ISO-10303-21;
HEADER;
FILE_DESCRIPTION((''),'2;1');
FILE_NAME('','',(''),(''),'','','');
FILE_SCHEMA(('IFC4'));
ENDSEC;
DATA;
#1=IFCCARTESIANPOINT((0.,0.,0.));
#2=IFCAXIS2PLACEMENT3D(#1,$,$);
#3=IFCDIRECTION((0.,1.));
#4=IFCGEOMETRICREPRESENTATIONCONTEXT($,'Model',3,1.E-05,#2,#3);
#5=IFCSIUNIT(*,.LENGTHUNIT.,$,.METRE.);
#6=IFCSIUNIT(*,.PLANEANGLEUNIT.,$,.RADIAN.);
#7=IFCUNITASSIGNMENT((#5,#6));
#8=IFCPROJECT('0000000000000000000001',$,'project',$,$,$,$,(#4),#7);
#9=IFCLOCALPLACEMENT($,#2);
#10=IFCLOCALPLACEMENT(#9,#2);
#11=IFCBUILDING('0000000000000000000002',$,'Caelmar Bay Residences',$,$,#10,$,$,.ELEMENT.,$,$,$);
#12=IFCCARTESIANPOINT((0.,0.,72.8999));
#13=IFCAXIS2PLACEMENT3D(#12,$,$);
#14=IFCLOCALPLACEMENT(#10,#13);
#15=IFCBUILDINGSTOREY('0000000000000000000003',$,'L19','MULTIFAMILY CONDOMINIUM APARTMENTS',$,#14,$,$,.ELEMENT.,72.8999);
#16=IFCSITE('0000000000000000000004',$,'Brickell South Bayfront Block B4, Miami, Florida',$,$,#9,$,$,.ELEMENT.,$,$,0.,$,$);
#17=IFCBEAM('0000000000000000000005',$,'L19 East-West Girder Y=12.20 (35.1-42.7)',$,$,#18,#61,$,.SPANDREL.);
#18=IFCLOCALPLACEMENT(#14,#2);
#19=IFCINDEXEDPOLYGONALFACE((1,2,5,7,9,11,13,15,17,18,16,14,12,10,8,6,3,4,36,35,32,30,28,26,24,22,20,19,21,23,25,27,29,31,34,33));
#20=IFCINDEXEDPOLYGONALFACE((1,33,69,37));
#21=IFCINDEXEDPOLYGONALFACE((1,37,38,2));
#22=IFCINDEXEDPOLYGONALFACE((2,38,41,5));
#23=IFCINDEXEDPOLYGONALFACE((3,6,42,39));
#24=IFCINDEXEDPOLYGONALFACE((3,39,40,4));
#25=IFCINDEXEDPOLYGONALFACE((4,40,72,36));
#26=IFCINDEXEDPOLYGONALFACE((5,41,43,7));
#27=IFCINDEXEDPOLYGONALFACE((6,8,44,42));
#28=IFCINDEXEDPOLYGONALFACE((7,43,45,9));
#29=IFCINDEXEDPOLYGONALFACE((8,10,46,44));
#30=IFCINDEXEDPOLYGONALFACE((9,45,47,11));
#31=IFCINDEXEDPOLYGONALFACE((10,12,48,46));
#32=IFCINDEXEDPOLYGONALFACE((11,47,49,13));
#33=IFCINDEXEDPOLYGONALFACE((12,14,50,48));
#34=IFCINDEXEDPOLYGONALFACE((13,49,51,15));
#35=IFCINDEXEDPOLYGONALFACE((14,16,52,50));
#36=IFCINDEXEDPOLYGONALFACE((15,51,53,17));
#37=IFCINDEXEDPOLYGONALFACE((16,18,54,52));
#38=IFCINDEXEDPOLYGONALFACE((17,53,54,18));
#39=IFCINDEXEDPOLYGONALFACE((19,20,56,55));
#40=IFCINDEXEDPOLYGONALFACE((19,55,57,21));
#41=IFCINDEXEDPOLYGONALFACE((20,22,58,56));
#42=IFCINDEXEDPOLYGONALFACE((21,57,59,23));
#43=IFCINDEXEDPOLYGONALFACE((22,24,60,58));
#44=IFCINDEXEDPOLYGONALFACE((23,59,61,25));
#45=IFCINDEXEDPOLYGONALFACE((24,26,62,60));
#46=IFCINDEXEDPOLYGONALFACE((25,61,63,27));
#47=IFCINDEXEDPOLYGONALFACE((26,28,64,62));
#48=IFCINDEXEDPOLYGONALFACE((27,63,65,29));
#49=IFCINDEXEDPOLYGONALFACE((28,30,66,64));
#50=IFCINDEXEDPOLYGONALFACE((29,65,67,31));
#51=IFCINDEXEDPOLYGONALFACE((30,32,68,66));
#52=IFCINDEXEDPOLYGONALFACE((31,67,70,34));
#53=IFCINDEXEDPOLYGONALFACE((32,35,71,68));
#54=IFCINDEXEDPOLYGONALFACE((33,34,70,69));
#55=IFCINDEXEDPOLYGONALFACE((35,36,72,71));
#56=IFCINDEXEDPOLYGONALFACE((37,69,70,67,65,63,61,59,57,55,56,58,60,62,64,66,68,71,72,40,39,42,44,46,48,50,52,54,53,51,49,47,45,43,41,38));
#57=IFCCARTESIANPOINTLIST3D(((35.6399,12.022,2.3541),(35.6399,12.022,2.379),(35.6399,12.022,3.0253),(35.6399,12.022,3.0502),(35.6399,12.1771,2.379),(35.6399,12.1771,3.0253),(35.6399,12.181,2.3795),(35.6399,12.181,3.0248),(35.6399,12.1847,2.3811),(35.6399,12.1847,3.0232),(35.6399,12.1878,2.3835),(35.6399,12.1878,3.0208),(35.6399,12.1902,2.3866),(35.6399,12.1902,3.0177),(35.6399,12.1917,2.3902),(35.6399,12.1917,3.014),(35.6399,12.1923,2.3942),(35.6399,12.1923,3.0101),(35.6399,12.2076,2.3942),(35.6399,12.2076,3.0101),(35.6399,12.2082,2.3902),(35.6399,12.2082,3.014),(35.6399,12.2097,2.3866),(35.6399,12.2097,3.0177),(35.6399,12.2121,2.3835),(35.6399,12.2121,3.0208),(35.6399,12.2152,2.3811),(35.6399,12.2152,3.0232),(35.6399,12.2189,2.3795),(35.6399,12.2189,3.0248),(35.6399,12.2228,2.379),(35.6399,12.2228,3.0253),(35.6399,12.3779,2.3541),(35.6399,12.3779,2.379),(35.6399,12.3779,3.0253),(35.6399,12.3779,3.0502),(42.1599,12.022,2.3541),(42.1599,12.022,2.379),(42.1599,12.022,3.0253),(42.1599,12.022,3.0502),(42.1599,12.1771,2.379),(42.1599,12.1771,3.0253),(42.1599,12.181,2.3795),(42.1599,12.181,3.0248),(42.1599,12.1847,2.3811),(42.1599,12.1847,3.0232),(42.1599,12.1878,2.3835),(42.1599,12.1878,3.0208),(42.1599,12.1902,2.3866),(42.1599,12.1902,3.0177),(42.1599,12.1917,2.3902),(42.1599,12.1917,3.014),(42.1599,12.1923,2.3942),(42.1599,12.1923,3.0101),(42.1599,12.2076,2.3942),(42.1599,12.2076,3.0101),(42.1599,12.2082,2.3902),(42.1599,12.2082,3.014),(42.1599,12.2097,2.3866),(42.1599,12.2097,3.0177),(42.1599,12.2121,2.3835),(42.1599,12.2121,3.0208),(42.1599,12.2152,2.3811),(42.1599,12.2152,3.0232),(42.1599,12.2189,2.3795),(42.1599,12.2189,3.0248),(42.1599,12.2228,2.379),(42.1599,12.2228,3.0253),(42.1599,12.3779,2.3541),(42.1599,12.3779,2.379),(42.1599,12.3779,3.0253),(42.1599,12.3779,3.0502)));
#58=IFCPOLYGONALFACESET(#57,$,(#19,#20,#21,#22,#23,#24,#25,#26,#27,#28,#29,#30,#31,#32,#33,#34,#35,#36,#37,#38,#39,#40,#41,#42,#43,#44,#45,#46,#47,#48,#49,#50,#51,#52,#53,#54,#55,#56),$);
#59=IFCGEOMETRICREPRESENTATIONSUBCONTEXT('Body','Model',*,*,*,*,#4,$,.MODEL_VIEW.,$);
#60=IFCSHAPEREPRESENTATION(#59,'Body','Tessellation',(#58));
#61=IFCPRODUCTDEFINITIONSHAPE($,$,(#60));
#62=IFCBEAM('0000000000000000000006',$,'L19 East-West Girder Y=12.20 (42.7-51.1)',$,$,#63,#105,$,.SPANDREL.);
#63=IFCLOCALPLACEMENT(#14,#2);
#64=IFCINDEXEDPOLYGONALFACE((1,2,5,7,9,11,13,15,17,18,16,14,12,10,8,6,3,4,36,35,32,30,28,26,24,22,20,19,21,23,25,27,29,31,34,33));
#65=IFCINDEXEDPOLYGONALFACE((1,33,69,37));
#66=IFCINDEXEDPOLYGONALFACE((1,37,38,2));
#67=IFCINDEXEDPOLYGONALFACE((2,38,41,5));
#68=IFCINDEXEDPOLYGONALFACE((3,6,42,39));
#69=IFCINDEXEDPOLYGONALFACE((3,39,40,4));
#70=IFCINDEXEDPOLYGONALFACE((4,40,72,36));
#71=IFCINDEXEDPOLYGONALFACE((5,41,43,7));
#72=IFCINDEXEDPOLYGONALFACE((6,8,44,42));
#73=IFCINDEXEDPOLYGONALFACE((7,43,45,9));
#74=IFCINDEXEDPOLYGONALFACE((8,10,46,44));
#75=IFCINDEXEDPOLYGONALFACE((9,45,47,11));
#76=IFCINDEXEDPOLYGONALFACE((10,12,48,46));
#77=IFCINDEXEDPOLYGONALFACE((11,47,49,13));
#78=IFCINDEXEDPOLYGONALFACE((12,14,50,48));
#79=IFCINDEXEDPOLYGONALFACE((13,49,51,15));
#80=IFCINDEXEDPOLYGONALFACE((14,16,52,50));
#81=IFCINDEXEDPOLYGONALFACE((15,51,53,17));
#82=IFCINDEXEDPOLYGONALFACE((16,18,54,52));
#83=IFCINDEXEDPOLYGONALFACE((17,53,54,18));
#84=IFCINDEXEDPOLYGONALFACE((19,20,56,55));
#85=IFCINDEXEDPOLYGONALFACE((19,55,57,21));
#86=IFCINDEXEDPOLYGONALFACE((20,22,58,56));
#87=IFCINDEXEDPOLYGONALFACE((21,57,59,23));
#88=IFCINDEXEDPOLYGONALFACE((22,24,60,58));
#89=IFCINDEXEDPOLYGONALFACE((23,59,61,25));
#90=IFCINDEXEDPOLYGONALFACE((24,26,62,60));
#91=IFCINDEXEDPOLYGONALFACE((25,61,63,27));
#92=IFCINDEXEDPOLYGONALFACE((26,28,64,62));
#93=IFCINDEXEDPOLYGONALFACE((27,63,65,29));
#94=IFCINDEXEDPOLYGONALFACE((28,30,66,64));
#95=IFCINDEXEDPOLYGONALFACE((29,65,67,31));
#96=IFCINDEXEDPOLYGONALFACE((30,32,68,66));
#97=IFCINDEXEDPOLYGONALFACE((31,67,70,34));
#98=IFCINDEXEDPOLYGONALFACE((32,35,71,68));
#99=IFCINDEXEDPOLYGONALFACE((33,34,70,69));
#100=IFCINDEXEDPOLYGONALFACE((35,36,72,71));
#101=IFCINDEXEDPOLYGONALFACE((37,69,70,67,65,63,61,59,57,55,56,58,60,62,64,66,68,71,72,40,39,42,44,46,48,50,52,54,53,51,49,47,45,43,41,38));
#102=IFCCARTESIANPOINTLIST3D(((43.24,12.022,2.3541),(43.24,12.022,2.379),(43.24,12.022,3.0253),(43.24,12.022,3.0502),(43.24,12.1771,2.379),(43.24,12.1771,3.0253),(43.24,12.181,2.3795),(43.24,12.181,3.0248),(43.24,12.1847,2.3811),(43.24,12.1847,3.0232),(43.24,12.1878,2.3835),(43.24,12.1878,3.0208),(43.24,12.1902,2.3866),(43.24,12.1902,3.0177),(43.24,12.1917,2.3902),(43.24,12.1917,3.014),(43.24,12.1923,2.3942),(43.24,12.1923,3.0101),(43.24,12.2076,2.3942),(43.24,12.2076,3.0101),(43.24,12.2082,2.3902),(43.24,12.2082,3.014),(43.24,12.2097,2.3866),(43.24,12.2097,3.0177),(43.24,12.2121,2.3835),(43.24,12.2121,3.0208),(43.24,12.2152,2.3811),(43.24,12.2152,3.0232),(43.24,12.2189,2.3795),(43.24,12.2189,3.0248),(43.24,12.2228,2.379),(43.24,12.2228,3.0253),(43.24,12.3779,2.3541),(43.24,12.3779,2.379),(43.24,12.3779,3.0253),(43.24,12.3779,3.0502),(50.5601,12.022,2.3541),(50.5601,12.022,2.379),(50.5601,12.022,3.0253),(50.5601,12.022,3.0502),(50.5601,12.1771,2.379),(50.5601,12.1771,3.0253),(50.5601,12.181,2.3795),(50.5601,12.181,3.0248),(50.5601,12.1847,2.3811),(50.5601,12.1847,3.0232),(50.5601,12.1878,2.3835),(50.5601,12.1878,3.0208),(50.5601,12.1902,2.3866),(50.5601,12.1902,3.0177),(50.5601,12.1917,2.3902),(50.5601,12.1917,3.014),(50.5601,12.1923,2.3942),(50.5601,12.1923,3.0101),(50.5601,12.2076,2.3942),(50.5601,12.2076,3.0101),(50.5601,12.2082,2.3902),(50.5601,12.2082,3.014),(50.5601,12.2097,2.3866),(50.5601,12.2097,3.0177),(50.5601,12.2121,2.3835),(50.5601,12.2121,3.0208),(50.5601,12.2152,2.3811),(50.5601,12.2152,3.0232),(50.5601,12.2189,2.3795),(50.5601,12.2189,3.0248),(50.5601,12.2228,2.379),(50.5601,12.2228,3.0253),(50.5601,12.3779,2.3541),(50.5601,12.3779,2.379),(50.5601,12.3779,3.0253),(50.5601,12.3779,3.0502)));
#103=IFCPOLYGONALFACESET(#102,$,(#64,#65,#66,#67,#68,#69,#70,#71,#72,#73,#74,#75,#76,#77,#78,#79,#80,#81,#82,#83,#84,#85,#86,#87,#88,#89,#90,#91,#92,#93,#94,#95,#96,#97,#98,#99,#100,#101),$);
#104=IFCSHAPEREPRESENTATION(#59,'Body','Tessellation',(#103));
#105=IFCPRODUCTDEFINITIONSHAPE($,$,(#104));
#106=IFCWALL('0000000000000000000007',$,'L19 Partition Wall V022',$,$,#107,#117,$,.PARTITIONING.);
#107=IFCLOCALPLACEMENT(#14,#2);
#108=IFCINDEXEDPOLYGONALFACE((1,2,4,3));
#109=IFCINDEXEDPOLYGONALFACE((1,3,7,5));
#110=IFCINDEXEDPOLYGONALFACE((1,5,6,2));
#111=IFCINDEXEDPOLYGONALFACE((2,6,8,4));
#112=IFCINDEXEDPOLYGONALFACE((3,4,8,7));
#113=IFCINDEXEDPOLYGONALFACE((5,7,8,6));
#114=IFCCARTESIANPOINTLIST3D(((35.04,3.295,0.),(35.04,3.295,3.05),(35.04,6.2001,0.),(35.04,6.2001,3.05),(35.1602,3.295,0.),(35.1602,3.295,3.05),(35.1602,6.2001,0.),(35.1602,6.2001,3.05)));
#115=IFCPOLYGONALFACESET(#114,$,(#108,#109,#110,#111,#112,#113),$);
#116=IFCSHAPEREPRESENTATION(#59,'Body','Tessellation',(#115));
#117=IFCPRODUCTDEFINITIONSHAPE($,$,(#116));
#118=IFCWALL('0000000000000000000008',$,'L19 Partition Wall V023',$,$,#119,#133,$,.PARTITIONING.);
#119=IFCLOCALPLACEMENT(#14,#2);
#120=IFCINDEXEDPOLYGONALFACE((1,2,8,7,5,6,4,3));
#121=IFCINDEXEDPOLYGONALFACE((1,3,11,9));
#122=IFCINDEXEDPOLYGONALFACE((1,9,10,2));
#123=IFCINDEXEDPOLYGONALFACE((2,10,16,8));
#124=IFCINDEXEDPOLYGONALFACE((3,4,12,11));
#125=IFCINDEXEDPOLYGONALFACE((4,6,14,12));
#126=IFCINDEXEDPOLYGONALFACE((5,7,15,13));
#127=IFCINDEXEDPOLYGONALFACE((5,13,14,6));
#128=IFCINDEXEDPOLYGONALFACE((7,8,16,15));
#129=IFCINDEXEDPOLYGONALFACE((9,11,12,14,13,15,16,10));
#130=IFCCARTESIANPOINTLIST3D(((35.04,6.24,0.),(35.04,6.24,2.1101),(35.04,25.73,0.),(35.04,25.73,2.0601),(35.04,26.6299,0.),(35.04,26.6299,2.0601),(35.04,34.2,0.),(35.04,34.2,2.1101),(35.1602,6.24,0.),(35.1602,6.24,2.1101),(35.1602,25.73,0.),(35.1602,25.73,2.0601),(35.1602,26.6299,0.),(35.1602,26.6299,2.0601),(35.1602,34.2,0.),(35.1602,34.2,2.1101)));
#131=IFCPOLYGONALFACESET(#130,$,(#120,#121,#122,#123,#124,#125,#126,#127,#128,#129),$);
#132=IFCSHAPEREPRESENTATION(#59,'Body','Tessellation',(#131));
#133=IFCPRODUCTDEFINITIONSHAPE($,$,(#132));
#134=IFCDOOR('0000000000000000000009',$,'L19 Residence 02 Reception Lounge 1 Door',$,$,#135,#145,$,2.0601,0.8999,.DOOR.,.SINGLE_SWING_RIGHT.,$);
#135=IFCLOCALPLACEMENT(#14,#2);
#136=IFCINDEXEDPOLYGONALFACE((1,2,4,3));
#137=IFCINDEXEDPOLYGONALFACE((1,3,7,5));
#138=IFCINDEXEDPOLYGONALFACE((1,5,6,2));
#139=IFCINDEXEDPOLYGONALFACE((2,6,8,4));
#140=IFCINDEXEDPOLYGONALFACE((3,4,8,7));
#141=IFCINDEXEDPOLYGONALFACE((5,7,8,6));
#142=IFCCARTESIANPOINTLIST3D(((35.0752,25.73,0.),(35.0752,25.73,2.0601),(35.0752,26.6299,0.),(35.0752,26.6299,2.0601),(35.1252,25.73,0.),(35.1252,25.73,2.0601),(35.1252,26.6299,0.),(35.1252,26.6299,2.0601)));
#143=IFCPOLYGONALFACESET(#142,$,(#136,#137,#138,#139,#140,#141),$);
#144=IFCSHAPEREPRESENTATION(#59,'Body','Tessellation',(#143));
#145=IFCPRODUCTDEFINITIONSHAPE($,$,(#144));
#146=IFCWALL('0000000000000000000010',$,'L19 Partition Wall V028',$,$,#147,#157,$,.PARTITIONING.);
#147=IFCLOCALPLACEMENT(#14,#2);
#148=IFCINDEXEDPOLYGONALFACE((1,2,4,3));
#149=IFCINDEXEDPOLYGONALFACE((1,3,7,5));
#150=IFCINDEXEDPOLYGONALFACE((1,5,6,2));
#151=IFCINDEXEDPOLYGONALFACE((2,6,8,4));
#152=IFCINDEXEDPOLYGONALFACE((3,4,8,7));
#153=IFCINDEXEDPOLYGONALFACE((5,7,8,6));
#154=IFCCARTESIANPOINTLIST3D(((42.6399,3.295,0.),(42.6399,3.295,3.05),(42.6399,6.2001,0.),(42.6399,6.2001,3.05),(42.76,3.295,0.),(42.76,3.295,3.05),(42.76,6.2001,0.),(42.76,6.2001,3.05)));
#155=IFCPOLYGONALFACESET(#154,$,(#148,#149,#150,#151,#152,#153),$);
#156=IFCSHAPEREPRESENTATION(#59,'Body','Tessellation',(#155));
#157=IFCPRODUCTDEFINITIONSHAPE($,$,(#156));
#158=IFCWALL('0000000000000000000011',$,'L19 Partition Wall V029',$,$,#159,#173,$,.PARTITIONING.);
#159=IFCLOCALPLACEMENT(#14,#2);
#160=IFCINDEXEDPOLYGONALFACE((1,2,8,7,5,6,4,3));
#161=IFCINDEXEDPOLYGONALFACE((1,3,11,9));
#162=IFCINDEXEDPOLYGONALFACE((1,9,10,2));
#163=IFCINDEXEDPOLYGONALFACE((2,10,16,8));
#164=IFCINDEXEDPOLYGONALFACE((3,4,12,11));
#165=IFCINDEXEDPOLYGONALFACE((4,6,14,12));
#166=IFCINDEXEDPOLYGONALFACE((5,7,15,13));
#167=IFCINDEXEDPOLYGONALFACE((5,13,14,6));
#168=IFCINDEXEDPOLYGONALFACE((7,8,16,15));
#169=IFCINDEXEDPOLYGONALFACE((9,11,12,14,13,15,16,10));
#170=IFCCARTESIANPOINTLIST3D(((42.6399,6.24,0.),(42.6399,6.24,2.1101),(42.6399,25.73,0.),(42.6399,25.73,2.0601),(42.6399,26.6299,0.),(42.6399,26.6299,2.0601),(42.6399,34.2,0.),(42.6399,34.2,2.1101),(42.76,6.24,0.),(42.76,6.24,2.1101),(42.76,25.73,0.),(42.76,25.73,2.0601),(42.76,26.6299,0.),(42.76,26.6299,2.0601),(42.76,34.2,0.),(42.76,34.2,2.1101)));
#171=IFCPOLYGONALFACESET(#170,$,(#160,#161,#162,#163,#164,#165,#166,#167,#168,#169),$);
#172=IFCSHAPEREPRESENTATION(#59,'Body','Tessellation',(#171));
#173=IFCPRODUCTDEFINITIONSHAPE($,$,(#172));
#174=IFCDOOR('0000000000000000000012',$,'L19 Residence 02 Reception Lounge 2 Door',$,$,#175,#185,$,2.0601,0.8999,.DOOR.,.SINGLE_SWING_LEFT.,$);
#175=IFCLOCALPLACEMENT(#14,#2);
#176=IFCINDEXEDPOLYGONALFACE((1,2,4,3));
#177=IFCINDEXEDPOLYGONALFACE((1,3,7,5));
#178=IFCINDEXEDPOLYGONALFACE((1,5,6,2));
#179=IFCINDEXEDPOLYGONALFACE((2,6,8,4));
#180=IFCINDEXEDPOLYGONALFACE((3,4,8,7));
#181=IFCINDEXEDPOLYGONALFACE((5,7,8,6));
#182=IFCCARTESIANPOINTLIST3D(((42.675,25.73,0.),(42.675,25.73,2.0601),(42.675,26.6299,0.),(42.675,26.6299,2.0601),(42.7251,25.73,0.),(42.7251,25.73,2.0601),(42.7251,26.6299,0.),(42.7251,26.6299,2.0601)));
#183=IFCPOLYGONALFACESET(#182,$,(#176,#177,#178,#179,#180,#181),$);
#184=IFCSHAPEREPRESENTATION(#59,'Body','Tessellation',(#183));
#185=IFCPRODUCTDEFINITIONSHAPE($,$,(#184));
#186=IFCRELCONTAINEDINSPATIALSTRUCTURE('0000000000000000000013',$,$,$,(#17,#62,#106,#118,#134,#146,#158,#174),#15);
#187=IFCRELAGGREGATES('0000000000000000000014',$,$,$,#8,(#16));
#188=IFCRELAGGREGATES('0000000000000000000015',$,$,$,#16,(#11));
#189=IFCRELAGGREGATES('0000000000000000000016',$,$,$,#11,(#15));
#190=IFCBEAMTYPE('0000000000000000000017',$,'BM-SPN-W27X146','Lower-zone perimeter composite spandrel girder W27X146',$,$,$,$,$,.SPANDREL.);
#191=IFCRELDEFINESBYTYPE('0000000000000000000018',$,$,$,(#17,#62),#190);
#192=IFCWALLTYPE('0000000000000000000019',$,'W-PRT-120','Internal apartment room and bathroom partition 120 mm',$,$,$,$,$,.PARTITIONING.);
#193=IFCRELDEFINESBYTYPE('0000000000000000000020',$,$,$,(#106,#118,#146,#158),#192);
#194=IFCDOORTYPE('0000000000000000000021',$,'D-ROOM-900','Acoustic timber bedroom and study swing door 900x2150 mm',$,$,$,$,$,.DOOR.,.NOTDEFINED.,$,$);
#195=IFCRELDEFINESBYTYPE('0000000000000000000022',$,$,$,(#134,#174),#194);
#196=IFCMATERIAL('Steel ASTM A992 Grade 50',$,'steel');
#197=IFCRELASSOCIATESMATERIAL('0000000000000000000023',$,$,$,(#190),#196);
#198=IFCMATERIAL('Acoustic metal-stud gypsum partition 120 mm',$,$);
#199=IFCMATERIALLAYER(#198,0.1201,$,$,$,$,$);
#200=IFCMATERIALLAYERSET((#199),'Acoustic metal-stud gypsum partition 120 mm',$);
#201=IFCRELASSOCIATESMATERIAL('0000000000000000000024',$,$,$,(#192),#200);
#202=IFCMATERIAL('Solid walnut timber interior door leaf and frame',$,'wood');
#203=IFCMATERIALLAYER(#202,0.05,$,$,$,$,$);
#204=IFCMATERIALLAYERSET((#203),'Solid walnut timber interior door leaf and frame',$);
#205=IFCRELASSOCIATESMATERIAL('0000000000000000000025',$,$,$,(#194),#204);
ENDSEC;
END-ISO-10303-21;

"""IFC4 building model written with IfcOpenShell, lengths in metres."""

from ifc_helpers import new_model, si_unit, direction, frame, frame_2d, origin, origin_2d, place, context, subcontext, project, spatial, rectangle, i_section, extrude, material, layer, layer_set, material_profile, profile_set, type_object, element, fill, save


model = new_model("IFC4")

# Units and contexts
model_context = context("Model", 3, precision=1e-05, world=origin(), true_north=direction((0.0, 1.0)))
body_context = subcontext(model_context, "Body", "Model", "MODEL_VIEW")
ifc_project = project(units=[si_unit("LENGTHUNIT", "METRE"), si_unit("PLANEANGLEUNIT", "RADIAN")], contexts=[model_context])

# Site, building, storey
site_placement = place(None, origin())
site = spatial("IfcSite", under=ifc_project, at=site_placement, Name="Brickell South Bayfront Block B4, Miami, Florida", CompositionType="ELEMENT", RefElevation=0.0)
building_placement = place(site_placement, origin())
building = spatial("IfcBuilding", under=site, at=building_placement, Name="Caelmar Bay Residences", CompositionType="ELEMENT")
storey_placement = place(building_placement, frame((0.0, 0.0, 72.8999)))
storey = spatial("IfcBuildingStorey", under=building, at=storey_placement, Name="L19", Description="MULTIFAMILY CONDOMINIUM APARTMENTS", CompositionType="ELEMENT", Elevation=72.8999)

# Beams
ifc_material_1 = material(Name="Steel ASTM A992 Grade 50", Category="steel")
ifc_material_profile_1 = material_profile(ifc_material_1, i_section(OverallWidth=0.356, OverallDepth=0.696, WebThickness=0.0154, FlangeThickness=0.0249, FilletRadius=0.0151, at=origin_2d()), Name="W27X146")
ifc_profile_set_1 = profile_set([ifc_material_profile_1], Name="Steel ASTM A992 Grade 50")
beam_type_1 = type_object("IfcBeamType", Name="BM-SPN-W27X146", Description="Lower-zone perimeter composite spandrel girder W27X146", PredefinedType="SPANDREL", material=ifc_profile_set_1)
beam_1_placement = place(storey_placement, frame((35.6399, 12.2, 2.7021), z_axis=(1.0, 0.0, 0.0), x_axis=(0.0, 1.0, 0.0)))
element("IfcBeam", 1, at=beam_1_placement, inside=storey, type_object=beam_type_1, Name="L19 East-West Girder Y=12.20 (35.1-42.7)", PredefinedType="SPANDREL", context=body_context, shape_type="SweptSolid", body=[
    extrude(i_section(OverallWidth=0.356, OverallDepth=0.696, WebThickness=0.0154, FlangeThickness=0.0249, FilletRadius=0.0151, at=origin_2d()), origin(), (0.0, 0.0, 1.0), 6.52),
])
beam_2_placement = place(storey_placement, frame((43.24, 12.2, 2.7021), z_axis=(1.0, 0.0, 0.0), x_axis=(0.0, 1.0, 0.0)))
element("IfcBeam", 2, at=beam_2_placement, inside=storey, type_object=beam_type_1, Name="L19 East-West Girder Y=12.20 (42.7-51.1)", PredefinedType="SPANDREL", context=body_context, shape_type="SweptSolid", body=[
    extrude(i_section(OverallWidth=0.356, OverallDepth=0.696, WebThickness=0.0154, FlangeThickness=0.0249, FilletRadius=0.0151, at=origin_2d()), origin(), (0.0, 0.0, 1.0), 7.3201),
])

# Wall
ifc_material_2 = material(Name="Acoustic metal-stud gypsum partition 120 mm")
ifc_layer_1 = layer(ifc_material_2, 0.1201)
ifc_layer_set_1 = layer_set([ifc_layer_1], Name="Acoustic metal-stud gypsum partition 120 mm")
wall_type_1 = type_object("IfcWallType", Name="W-PRT-120", Description="Internal apartment room and bathroom partition 120 mm", PredefinedType="PARTITIONING", material=ifc_layer_set_1)
wall_1_placement = place(storey_placement, frame((35.1001, 3.2949, 0.0), z_axis=(0.0, 0.0, 1.0), x_axis=(0.0, 1.0, 0.0)))
element("IfcWall", 3, at=wall_1_placement, inside=storey, type_object=wall_type_1, Name="L19 Partition Wall V022", PredefinedType="PARTITIONING", context=body_context, shape_type="SweptSolid", body=[
    extrude(rectangle(XDim=2.905, YDim=0.1201, at=frame_2d((1.4526, 0.0))), origin(), (0.0, 0.0, 1.0), 3.05),
])

# Wall, opening, door
wall_2_placement = place(storey_placement, frame((35.1001, 6.24, 0.0), z_axis=(0.0, 0.0, 1.0), x_axis=(0.0, 1.0, 0.0)))
wall_2 = element("IfcWall", 4, at=wall_2_placement, inside=storey, type_object=wall_type_1, Name="L19 Partition Wall V023", PredefinedType="PARTITIONING", context=body_context, shape_type="SweptSolid", body=[
    extrude(rectangle(XDim=27.96, YDim=0.1201, at=frame_2d((13.98, 0.0))), origin(), (0.0, 0.0, 1.0), 2.1101),
])
opening_1_placement = place(wall_2_placement, frame((19.49, 0.0, 0.0)))
opening_1 = element("IfcOpeningElement", 5, at=opening_1_placement, cuts=wall_2, PredefinedType="OPENING", context=body_context, shape_type="SweptSolid", body=[
    extrude(rectangle(XDim=0.8999, YDim=2.0601, at=frame_2d((0.45, 1.03))), frame((0.0, 0.0701, 0.0), z_axis=(0.0, -1.0, 0.0), x_axis=(1.0, 0.0, 0.0)), (0.0, 0.0, 1.0), 0.1401),
])
ifc_material_3 = material(Name="Solid walnut timber interior door leaf and frame", Category="wood")
ifc_layer_2 = layer(ifc_material_3, 0.05)
ifc_layer_set_2 = layer_set([ifc_layer_2], Name="Solid walnut timber interior door leaf and frame")
door_type = type_object("IfcDoorType", Name="D-ROOM-900", Description="Acoustic timber bedroom and study swing door 900x2150 mm", OperationType="NOTDEFINED", PredefinedType="DOOR", material=ifc_layer_set_2)
door_1_placement = place(opening_1_placement, origin())
door_1 = element("IfcDoor", 6, at=door_1_placement, inside=storey, type_object=door_type, Name="L19 Residence 02 Reception Lounge 1 Door", OperationType="SINGLE_SWING_RIGHT", OverallHeight=2.0601, OverallWidth=0.8999, PredefinedType="DOOR", context=body_context, shape_type="SweptSolid", body=[
    extrude(rectangle(XDim=0.8999, YDim=2.0601, at=frame_2d((0.45, 1.03))), frame((0.0, 0.0249, 0.0), z_axis=(0.0, -1.0, 0.0), x_axis=(1.0, 0.0, 0.0)), (0.0, 0.0, 1.0), 0.05),
])
fill(opening_1, door_1)

# Wall
wall_3_placement = place(storey_placement, frame((42.7, 3.2949, 0.0), z_axis=(0.0, 0.0, 1.0), x_axis=(0.0, 1.0, 0.0)))
element("IfcWall", 7, at=wall_3_placement, inside=storey, type_object=wall_type_1, Name="L19 Partition Wall V028", PredefinedType="PARTITIONING", context=body_context, shape_type="SweptSolid", body=[
    extrude(rectangle(XDim=2.905, YDim=0.1201, at=frame_2d((1.4526, 0.0))), origin(), (0.0, 0.0, 1.0), 3.05),
])

# Wall, opening, door
wall_4_placement = place(storey_placement, frame((42.7, 6.24, 0.0), z_axis=(0.0, 0.0, 1.0), x_axis=(0.0, 1.0, 0.0)))
wall_4 = element("IfcWall", 8, at=wall_4_placement, inside=storey, type_object=wall_type_1, Name="L19 Partition Wall V029", PredefinedType="PARTITIONING", context=body_context, shape_type="SweptSolid", body=[
    extrude(rectangle(XDim=27.96, YDim=0.1201, at=frame_2d((13.98, 0.0))), origin(), (0.0, 0.0, 1.0), 2.1101),
])
opening_2_placement = place(wall_4_placement, frame((19.49, 0.0, 0.0)))
opening_2 = element("IfcOpeningElement", 9, at=opening_2_placement, cuts=wall_4, PredefinedType="OPENING", context=body_context, shape_type="SweptSolid", body=[
    extrude(rectangle(XDim=0.8999, YDim=2.0601, at=frame_2d((0.45, 1.03))), frame((0.0, 0.0701, 0.0), z_axis=(0.0, -1.0, 0.0), x_axis=(1.0, 0.0, 0.0)), (0.0, 0.0, 1.0), 0.1401),
])
door_2_placement = place(opening_2_placement, origin())
door_2 = element("IfcDoor", 10, at=door_2_placement, inside=storey, type_object=door_type, Name="L19 Residence 02 Reception Lounge 2 Door", OperationType="SINGLE_SWING_LEFT", OverallHeight=2.0601, OverallWidth=0.8999, PredefinedType="DOOR", context=body_context, shape_type="SweptSolid", body=[
    extrude(rectangle(XDim=0.8999, YDim=2.0601, at=frame_2d((0.45, 1.03))), frame((0.0, 0.0249, 0.0), z_axis=(0.0, -1.0, 0.0), x_axis=(1.0, 0.0, 0.0)), (0.0, 0.0, 1.0), 0.05),
])
fill(opening_2, door_2)

save(model, "model.ifc")
